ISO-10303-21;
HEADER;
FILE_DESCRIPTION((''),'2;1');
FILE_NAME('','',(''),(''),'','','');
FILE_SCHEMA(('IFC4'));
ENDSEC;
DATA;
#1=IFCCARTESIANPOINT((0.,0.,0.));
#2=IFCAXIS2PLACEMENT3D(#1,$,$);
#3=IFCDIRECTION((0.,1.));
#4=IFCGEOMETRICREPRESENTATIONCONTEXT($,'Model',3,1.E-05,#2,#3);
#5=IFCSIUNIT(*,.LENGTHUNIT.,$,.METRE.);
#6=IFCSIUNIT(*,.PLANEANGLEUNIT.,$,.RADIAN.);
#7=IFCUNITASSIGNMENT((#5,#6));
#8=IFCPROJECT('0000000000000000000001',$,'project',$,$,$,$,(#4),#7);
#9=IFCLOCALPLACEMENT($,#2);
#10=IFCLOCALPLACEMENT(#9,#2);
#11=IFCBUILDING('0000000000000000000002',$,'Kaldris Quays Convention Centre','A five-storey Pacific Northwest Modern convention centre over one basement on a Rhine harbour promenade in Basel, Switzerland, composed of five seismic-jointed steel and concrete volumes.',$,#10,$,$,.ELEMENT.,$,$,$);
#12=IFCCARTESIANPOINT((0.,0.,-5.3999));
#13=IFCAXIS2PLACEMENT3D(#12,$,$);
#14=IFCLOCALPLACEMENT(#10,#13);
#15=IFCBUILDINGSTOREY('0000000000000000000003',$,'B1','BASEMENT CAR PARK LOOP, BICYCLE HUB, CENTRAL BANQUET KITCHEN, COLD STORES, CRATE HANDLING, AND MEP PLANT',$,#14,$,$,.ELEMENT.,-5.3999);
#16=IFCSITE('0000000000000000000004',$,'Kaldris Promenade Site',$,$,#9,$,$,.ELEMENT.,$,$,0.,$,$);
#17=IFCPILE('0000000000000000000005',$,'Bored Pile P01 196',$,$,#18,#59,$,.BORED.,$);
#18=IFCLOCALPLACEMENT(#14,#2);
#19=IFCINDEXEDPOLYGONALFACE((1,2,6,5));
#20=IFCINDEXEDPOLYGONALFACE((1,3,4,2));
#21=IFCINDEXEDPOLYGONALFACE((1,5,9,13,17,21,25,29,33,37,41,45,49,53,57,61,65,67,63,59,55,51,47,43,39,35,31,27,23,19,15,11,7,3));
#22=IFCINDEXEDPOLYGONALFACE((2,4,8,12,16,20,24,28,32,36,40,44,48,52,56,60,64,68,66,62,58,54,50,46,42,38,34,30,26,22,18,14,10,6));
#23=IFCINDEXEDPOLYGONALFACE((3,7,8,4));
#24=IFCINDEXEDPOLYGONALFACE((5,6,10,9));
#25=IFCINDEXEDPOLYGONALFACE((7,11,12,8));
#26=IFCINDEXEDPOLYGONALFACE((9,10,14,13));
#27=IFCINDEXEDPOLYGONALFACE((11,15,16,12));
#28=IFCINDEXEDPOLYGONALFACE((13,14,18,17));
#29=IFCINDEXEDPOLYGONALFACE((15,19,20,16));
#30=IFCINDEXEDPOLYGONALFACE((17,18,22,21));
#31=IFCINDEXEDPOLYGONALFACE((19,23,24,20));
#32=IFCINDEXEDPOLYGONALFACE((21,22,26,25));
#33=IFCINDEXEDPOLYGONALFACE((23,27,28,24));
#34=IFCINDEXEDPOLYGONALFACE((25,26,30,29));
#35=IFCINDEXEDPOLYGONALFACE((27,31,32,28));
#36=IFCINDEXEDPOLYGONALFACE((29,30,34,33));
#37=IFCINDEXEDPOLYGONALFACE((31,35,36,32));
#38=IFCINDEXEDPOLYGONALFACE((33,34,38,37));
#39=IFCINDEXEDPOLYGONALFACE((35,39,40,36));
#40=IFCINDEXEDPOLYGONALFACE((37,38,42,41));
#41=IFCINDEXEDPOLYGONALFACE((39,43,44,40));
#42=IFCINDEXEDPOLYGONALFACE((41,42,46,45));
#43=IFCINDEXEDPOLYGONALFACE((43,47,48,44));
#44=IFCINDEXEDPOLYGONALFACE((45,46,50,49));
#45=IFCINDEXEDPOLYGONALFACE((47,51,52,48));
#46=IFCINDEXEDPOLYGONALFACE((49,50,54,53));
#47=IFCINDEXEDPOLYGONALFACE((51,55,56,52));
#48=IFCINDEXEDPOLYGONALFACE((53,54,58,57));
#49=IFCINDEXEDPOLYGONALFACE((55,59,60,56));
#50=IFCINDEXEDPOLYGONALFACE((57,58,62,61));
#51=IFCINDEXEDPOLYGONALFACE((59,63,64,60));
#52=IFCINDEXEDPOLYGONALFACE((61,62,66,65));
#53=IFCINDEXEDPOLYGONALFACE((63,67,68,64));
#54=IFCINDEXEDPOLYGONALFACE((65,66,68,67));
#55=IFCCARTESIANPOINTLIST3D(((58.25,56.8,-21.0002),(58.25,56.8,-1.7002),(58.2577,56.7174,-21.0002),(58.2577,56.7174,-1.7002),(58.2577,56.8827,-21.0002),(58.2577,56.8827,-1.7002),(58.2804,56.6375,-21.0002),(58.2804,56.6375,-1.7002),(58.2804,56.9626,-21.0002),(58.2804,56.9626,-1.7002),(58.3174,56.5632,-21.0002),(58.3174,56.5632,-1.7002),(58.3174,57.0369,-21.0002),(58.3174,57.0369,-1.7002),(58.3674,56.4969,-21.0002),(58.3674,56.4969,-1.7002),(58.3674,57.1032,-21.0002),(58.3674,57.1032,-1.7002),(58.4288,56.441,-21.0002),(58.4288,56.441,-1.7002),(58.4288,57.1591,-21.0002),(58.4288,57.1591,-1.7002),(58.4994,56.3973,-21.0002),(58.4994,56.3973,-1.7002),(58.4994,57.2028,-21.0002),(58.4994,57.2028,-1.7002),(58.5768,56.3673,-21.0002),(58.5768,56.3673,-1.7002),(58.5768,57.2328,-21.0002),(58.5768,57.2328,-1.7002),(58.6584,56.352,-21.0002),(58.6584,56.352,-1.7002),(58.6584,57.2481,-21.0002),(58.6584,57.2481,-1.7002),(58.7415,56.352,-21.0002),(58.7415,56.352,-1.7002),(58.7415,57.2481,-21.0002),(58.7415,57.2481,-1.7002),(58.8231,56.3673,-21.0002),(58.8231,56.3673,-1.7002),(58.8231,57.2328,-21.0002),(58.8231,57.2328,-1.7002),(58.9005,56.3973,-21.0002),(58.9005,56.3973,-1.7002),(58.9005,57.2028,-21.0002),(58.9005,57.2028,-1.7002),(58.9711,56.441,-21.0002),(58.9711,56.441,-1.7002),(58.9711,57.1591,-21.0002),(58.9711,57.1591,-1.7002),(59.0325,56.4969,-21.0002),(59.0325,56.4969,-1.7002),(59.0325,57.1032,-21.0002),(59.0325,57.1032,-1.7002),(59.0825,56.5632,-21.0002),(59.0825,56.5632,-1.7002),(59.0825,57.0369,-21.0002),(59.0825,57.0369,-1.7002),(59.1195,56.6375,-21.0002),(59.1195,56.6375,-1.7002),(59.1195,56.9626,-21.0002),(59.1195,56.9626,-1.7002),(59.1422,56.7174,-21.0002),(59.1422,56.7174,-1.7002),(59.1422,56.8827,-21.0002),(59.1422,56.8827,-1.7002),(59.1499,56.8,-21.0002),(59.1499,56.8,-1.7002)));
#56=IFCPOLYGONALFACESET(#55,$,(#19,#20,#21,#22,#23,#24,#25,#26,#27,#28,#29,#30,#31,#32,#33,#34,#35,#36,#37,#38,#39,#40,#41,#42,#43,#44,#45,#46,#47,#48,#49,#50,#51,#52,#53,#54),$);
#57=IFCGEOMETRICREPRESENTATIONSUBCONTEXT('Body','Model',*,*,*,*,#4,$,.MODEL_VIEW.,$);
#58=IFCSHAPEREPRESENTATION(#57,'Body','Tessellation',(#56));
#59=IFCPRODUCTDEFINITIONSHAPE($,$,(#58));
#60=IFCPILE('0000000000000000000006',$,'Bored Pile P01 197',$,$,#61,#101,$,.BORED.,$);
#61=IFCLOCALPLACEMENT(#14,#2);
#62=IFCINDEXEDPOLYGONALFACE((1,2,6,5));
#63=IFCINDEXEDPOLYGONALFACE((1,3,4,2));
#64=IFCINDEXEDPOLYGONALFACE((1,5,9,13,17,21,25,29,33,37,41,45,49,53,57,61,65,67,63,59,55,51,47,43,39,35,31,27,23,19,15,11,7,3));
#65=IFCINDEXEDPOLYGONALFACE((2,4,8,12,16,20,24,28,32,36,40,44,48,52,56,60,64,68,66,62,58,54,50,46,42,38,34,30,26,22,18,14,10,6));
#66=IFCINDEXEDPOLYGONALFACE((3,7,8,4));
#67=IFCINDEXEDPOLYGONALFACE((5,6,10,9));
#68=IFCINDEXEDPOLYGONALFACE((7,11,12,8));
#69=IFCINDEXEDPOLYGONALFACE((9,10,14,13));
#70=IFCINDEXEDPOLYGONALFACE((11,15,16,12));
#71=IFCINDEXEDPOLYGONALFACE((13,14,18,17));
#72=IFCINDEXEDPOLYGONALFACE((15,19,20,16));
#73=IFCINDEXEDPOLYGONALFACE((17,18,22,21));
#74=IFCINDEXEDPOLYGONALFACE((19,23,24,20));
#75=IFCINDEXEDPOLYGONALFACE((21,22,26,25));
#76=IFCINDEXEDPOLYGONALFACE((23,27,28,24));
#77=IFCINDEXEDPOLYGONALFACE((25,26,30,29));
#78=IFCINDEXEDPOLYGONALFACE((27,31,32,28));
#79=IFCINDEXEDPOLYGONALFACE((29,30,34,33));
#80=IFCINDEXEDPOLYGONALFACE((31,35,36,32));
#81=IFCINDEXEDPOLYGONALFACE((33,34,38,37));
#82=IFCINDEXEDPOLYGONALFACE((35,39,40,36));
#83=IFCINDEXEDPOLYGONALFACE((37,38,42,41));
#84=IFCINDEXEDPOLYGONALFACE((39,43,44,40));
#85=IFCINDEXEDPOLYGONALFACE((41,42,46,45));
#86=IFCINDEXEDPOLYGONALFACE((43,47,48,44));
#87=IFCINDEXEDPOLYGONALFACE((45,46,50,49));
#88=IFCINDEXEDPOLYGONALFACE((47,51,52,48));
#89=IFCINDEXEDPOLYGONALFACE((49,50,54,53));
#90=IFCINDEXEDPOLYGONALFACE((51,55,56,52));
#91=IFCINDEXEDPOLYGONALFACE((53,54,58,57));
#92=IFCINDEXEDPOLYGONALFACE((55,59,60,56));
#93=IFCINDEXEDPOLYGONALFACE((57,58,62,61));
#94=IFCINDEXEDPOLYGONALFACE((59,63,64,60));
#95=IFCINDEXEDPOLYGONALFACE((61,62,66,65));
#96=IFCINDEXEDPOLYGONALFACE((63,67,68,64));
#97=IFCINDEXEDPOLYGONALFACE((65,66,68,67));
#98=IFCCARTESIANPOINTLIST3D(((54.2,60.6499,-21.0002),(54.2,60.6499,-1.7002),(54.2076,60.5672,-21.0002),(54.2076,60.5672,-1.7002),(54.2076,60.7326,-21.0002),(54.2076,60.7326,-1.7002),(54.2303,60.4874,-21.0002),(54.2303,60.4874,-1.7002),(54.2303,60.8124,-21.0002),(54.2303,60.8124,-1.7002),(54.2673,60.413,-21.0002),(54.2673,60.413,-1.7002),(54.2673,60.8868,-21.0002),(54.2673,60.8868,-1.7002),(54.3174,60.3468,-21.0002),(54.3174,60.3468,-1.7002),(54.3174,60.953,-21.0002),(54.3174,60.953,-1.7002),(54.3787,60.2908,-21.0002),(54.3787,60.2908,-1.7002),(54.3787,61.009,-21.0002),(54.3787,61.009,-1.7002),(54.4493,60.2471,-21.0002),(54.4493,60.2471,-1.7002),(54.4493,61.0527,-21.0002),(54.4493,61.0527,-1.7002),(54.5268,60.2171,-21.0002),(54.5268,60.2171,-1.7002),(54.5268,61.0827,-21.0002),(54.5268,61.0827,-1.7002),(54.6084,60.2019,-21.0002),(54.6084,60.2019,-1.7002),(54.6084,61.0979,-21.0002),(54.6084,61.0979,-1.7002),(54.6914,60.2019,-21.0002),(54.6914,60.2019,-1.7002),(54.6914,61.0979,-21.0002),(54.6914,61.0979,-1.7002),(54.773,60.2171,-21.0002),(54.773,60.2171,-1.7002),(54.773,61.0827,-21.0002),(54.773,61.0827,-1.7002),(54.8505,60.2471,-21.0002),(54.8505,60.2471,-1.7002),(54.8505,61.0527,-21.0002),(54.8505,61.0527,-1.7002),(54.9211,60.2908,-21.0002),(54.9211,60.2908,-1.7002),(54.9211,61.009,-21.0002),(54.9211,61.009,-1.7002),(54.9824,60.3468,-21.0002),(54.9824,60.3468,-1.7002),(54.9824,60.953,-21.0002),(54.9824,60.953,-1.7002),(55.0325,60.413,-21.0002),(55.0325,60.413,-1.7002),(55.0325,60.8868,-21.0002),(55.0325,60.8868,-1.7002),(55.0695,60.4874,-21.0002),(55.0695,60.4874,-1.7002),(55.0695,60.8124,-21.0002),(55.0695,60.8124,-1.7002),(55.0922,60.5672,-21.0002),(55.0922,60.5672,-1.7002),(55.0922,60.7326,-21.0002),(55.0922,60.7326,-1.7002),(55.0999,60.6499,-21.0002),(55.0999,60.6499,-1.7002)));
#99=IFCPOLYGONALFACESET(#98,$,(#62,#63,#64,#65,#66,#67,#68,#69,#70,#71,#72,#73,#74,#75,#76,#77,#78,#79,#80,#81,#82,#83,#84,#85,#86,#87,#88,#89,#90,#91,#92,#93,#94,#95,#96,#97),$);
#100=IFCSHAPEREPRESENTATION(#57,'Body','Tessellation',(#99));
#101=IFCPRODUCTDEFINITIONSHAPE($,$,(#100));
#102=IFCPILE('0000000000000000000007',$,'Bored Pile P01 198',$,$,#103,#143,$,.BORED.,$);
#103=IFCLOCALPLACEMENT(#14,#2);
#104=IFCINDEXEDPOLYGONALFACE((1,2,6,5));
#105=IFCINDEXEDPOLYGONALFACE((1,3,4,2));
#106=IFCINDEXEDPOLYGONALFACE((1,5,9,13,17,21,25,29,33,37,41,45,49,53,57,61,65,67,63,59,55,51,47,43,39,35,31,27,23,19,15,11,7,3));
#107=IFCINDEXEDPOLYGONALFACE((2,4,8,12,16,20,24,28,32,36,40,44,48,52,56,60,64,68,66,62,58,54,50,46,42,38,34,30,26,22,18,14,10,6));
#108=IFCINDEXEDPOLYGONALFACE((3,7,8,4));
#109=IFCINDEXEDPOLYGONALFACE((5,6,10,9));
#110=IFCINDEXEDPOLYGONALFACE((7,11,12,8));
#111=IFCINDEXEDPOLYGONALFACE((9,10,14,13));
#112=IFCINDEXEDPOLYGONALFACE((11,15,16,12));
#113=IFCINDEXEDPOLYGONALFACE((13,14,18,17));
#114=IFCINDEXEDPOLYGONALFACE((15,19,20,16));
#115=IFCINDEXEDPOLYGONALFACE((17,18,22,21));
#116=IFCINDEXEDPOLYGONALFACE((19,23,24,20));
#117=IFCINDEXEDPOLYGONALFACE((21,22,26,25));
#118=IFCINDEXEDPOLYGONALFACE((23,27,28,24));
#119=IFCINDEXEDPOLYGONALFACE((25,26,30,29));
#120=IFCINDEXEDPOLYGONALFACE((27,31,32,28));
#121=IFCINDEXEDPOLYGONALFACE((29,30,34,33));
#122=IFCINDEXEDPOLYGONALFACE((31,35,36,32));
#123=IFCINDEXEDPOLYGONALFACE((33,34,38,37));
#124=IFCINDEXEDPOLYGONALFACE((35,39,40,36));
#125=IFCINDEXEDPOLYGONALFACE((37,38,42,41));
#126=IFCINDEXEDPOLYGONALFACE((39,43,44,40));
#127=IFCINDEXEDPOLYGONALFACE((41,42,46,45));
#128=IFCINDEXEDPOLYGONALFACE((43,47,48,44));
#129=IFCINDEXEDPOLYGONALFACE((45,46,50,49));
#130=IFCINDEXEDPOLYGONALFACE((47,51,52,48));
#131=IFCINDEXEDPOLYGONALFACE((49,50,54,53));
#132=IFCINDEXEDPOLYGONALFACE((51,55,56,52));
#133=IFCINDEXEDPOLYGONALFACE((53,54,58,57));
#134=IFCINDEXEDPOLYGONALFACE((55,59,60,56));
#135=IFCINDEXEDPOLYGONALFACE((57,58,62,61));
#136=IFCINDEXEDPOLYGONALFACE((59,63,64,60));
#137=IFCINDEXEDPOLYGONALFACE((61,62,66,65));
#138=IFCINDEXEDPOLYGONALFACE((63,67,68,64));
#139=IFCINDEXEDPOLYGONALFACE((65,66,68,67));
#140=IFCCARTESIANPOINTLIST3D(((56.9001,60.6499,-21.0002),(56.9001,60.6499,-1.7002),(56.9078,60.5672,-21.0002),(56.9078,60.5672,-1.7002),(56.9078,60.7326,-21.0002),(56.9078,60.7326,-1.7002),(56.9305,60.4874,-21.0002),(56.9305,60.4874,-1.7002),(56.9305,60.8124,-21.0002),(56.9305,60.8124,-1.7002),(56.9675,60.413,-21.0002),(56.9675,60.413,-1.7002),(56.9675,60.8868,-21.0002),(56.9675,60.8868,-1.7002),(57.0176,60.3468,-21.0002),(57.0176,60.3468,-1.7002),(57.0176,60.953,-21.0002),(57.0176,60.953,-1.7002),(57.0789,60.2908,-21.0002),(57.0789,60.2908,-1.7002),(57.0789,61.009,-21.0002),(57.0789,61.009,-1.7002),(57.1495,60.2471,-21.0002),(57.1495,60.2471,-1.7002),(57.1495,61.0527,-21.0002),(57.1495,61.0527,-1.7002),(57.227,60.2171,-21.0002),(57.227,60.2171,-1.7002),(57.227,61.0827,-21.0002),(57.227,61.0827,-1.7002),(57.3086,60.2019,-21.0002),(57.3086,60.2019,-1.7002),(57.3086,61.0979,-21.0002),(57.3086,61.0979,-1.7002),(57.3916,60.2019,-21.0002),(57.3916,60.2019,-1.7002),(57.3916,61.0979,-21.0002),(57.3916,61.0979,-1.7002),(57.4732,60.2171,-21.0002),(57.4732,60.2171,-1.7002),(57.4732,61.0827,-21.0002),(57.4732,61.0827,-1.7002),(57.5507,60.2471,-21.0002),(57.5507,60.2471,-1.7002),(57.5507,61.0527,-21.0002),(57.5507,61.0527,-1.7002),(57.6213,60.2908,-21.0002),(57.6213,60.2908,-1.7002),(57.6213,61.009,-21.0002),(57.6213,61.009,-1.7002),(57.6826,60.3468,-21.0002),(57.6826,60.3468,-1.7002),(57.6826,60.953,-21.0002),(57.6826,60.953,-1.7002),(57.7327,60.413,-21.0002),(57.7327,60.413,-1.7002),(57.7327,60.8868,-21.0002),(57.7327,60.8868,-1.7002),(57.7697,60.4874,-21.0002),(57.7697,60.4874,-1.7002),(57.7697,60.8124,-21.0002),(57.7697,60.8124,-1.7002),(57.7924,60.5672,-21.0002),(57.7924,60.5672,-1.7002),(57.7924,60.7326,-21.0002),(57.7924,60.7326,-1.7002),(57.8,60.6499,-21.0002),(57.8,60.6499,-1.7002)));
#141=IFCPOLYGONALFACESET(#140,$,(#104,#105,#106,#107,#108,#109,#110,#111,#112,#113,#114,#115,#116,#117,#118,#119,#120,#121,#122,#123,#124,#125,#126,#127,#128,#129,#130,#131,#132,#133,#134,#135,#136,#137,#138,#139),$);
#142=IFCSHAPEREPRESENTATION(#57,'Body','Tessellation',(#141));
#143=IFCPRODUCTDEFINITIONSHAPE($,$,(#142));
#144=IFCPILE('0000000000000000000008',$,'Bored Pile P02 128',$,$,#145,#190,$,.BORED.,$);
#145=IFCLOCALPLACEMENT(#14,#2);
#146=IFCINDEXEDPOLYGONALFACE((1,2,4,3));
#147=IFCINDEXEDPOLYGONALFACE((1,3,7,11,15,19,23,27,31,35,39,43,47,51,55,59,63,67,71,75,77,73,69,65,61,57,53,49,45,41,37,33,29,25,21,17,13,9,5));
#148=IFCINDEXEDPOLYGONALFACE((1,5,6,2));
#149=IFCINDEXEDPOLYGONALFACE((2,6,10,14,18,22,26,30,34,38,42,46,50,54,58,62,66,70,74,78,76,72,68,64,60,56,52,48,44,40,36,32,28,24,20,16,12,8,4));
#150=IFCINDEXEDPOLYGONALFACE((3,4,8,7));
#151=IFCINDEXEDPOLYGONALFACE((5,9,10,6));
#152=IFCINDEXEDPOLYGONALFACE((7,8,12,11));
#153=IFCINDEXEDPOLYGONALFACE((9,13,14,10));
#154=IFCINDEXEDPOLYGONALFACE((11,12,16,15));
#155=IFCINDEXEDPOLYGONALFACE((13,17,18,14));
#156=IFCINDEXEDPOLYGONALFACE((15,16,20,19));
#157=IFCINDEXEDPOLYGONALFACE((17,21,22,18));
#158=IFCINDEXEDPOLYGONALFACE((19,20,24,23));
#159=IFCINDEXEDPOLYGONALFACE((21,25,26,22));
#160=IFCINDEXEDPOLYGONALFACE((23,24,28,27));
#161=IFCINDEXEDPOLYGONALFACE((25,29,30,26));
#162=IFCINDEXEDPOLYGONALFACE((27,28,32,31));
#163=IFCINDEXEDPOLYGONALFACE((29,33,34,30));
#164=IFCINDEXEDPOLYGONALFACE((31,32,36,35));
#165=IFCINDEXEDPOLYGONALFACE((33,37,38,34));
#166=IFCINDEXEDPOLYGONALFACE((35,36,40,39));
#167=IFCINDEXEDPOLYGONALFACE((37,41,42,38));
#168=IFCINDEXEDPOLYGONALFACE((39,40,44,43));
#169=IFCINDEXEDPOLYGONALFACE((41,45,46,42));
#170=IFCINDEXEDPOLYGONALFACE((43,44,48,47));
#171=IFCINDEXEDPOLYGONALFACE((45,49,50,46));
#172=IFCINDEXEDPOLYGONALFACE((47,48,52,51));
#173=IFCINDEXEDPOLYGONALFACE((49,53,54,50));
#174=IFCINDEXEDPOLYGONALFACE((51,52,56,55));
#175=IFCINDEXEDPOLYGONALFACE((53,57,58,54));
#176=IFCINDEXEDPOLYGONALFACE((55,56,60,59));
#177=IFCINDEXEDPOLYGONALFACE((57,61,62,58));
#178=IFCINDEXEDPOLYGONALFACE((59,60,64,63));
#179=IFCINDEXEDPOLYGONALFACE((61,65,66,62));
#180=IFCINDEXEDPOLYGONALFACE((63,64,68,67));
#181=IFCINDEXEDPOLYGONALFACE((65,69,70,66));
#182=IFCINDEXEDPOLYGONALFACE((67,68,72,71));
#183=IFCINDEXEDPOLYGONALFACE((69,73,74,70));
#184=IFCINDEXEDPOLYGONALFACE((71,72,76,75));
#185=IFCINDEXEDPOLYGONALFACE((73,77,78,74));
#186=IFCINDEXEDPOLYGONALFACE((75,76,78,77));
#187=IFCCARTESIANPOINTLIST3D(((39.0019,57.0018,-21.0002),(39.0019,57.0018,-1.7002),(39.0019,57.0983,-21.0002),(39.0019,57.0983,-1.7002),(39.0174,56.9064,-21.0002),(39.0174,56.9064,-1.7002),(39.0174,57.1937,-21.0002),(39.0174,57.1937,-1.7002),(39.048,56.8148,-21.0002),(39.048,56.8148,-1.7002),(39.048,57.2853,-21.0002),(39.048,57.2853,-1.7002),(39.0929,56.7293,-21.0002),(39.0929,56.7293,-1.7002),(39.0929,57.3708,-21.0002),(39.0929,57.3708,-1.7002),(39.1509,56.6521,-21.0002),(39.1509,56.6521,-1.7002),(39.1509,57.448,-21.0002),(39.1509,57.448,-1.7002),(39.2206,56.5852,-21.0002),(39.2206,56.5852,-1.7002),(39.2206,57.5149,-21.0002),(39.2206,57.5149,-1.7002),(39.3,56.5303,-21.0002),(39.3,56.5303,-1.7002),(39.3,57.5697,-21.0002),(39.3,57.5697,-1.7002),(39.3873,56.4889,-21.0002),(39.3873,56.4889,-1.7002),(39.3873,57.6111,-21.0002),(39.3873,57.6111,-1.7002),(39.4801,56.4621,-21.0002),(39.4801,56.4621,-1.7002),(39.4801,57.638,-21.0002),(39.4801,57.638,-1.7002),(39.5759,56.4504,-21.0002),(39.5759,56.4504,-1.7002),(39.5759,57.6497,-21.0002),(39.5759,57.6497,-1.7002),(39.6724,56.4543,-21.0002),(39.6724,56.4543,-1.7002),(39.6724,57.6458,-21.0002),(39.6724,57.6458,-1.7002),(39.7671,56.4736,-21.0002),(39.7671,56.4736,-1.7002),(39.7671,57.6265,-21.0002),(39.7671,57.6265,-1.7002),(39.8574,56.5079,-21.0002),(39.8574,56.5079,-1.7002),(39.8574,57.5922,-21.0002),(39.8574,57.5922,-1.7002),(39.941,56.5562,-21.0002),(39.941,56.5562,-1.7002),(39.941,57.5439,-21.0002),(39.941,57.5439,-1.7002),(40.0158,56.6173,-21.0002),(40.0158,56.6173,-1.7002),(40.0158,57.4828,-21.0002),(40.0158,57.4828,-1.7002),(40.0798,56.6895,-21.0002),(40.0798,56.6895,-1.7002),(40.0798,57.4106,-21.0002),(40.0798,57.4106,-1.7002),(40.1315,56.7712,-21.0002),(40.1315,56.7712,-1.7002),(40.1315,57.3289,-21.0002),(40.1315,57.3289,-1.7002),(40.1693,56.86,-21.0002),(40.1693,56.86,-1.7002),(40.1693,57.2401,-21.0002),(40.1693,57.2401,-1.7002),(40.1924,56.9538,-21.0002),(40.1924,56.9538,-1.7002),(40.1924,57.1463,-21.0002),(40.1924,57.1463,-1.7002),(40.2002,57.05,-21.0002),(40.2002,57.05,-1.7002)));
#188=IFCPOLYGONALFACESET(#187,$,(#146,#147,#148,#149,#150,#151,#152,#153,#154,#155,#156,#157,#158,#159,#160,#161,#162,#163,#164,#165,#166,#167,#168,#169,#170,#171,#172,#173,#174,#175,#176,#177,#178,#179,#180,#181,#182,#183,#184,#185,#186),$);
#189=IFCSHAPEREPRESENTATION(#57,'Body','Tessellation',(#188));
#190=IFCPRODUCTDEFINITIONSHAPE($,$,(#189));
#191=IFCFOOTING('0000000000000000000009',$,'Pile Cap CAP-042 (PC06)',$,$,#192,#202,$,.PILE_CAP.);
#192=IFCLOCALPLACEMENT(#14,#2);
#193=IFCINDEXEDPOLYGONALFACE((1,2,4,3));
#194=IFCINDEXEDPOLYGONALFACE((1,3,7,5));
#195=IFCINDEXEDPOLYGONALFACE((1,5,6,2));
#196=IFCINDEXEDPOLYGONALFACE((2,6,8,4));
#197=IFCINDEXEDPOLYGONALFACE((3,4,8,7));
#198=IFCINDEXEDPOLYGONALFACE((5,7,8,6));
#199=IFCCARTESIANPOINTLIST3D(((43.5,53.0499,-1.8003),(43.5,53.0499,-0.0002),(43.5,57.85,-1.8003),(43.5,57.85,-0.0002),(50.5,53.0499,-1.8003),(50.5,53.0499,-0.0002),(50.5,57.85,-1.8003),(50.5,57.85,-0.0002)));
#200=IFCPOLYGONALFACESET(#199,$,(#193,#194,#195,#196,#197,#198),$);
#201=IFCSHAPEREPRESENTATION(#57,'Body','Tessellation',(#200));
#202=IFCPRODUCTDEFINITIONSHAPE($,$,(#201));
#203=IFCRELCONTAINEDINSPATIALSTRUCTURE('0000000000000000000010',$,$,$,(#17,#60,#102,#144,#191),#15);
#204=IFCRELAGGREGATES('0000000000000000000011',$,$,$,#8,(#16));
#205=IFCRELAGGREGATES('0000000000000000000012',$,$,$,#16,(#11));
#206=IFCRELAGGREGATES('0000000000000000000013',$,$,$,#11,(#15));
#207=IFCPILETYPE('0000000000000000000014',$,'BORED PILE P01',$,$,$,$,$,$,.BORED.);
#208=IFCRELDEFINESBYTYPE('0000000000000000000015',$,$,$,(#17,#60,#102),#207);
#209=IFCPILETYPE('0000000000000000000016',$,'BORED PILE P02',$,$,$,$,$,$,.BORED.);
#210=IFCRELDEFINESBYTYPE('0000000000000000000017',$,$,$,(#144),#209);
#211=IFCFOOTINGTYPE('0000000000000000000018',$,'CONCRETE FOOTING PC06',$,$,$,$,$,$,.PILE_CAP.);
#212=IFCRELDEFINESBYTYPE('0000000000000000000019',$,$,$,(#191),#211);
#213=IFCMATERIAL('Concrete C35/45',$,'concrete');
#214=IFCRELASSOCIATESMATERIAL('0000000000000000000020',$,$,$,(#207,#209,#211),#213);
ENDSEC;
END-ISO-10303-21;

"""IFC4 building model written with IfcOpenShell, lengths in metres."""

from ifc_helpers import new_model, si_unit, direction, frame, origin, origin_2d, place, context, subcontext, project, spatial, rectangle, circle, extrude, material, material_profile, profile_set, type_object, element, save


model = new_model("IFC4")

# Units and contexts
model_context = context("Model", 3, precision=1e-05, world=origin(), true_north=direction((0.0, 1.0)))
body_context = subcontext(model_context, "Body", "Model", "MODEL_VIEW")
ifc_project = project(units=[si_unit("LENGTHUNIT", "METRE"), si_unit("PLANEANGLEUNIT", "RADIAN")], contexts=[model_context])

# Site, building, storey
site_placement = place(None, origin())
site = spatial("IfcSite", under=ifc_project, at=site_placement, Name="Kaldris Promenade Site", CompositionType="ELEMENT", RefElevation=0.0)
building_placement = place(site_placement, origin())
building = spatial("IfcBuilding", under=site, at=building_placement, Name="Kaldris Quays Convention Centre", Description="A five-storey Pacific Northwest Modern convention centre over one basement on a Rhine harbour promenade in Basel, Switzerland, composed of five seismic-jointed steel and concrete volumes.", CompositionType="ELEMENT")
storey_placement = place(building_placement, frame((0.0, 0.0, -5.3999)))
storey = spatial("IfcBuildingStorey", under=building, at=storey_placement, Name="B1", Description="BASEMENT CAR PARK LOOP, BICYCLE HUB, CENTRAL BANQUET KITCHEN, COLD STORES, CRATE HANDLING, AND MEP PLANT", CompositionType="ELEMENT", Elevation=-5.3999)

# Piles
ifc_material_1 = material(Name="Concrete C35/45", Category="concrete")
ifc_material_profile_1 = material_profile(ifc_material_1, circle(Radius=0.45, at=origin_2d()), Name="BORED PILE D900")
ifc_profile_set_1 = profile_set([ifc_material_profile_1], Name="Concrete C35/45")
pile_type_1 = type_object("IfcPileType", Name="BORED PILE P01", PredefinedType="BORED", material=ifc_profile_set_1)
for number, where, z_axis, x_axis, name in (
    (1, (58.7, 56.8, -1.7002), (0.0, 0.0, -1.0), (1.0, 0.0, 0.0), "Bored Pile P01 196"),
    (2, (54.6499, 60.6499, -1.7002), (0.0, 0.0, -1.0), (1.0, 0.0, 0.0), "Bored Pile P01 197"),
    (3, (57.3501, 60.6499, -1.7002), (0.0, 0.0, -1.0), (1.0, 0.0, 0.0), "Bored Pile P01 198"),
):
    element("IfcPile", number, at=place(storey_placement, frame(where, z_axis=z_axis, x_axis=x_axis)), inside=storey, type_object=pile_type_1, Name=name, PredefinedType="BORED", context=body_context, shape_type="SweptSolid", body=[
        extrude(circle(Radius=0.45, at=origin_2d()), origin(), (0.0, 0.0, 1.0), 19.3),
    ])
ifc_material_profile_2 = material_profile(ifc_material_1, circle(Radius=0.6001, at=origin_2d()), Name="BORED PILE D1200")
ifc_profile_set_2 = profile_set([ifc_material_profile_2], Name="Concrete C35/45")
pile_type_2 = type_object("IfcPileType", Name="BORED PILE P02", PredefinedType="BORED", material=ifc_profile_set_2)
pile_placement = place(storey_placement, frame((39.6001, 57.05, -1.7002), z_axis=(0.0, 0.0, -1.0), x_axis=(1.0, 0.0, 0.0)))
element("IfcPile", 4, at=pile_placement, inside=storey, type_object=pile_type_2, Name="Bored Pile P02 128", PredefinedType="BORED", context=body_context, shape_type="SweptSolid", body=[
    extrude(circle(Radius=0.6001, at=origin_2d()), origin(), (0.0, 0.0, 1.0), 19.3),
])

# Footing
footing_type_1 = type_object("IfcFootingType", Name="CONCRETE FOOTING PC06", PredefinedType="PILE_CAP", material=ifc_material_1)
for number, where, z_axis, x_axis, name in (
    (5, (47.0, 55.45, -1.8003), (0.0, 0.0, 1.0), (1.0, 0.0, 0.0), "Pile Cap CAP-042 (PC06)"),
):
    element("IfcFooting", number, at=place(storey_placement, frame(where, z_axis=z_axis, x_axis=x_axis)), inside=storey, type_object=footing_type_1, Name=name, PredefinedType="PILE_CAP", context=body_context, shape_type="SweptSolid", body=[
        extrude(rectangle(XDim=7.0, YDim=4.8, at=origin_2d()), origin(), (0.0, 0.0, 1.0), 1.8),
    ])

save(model, "model.ifc")
